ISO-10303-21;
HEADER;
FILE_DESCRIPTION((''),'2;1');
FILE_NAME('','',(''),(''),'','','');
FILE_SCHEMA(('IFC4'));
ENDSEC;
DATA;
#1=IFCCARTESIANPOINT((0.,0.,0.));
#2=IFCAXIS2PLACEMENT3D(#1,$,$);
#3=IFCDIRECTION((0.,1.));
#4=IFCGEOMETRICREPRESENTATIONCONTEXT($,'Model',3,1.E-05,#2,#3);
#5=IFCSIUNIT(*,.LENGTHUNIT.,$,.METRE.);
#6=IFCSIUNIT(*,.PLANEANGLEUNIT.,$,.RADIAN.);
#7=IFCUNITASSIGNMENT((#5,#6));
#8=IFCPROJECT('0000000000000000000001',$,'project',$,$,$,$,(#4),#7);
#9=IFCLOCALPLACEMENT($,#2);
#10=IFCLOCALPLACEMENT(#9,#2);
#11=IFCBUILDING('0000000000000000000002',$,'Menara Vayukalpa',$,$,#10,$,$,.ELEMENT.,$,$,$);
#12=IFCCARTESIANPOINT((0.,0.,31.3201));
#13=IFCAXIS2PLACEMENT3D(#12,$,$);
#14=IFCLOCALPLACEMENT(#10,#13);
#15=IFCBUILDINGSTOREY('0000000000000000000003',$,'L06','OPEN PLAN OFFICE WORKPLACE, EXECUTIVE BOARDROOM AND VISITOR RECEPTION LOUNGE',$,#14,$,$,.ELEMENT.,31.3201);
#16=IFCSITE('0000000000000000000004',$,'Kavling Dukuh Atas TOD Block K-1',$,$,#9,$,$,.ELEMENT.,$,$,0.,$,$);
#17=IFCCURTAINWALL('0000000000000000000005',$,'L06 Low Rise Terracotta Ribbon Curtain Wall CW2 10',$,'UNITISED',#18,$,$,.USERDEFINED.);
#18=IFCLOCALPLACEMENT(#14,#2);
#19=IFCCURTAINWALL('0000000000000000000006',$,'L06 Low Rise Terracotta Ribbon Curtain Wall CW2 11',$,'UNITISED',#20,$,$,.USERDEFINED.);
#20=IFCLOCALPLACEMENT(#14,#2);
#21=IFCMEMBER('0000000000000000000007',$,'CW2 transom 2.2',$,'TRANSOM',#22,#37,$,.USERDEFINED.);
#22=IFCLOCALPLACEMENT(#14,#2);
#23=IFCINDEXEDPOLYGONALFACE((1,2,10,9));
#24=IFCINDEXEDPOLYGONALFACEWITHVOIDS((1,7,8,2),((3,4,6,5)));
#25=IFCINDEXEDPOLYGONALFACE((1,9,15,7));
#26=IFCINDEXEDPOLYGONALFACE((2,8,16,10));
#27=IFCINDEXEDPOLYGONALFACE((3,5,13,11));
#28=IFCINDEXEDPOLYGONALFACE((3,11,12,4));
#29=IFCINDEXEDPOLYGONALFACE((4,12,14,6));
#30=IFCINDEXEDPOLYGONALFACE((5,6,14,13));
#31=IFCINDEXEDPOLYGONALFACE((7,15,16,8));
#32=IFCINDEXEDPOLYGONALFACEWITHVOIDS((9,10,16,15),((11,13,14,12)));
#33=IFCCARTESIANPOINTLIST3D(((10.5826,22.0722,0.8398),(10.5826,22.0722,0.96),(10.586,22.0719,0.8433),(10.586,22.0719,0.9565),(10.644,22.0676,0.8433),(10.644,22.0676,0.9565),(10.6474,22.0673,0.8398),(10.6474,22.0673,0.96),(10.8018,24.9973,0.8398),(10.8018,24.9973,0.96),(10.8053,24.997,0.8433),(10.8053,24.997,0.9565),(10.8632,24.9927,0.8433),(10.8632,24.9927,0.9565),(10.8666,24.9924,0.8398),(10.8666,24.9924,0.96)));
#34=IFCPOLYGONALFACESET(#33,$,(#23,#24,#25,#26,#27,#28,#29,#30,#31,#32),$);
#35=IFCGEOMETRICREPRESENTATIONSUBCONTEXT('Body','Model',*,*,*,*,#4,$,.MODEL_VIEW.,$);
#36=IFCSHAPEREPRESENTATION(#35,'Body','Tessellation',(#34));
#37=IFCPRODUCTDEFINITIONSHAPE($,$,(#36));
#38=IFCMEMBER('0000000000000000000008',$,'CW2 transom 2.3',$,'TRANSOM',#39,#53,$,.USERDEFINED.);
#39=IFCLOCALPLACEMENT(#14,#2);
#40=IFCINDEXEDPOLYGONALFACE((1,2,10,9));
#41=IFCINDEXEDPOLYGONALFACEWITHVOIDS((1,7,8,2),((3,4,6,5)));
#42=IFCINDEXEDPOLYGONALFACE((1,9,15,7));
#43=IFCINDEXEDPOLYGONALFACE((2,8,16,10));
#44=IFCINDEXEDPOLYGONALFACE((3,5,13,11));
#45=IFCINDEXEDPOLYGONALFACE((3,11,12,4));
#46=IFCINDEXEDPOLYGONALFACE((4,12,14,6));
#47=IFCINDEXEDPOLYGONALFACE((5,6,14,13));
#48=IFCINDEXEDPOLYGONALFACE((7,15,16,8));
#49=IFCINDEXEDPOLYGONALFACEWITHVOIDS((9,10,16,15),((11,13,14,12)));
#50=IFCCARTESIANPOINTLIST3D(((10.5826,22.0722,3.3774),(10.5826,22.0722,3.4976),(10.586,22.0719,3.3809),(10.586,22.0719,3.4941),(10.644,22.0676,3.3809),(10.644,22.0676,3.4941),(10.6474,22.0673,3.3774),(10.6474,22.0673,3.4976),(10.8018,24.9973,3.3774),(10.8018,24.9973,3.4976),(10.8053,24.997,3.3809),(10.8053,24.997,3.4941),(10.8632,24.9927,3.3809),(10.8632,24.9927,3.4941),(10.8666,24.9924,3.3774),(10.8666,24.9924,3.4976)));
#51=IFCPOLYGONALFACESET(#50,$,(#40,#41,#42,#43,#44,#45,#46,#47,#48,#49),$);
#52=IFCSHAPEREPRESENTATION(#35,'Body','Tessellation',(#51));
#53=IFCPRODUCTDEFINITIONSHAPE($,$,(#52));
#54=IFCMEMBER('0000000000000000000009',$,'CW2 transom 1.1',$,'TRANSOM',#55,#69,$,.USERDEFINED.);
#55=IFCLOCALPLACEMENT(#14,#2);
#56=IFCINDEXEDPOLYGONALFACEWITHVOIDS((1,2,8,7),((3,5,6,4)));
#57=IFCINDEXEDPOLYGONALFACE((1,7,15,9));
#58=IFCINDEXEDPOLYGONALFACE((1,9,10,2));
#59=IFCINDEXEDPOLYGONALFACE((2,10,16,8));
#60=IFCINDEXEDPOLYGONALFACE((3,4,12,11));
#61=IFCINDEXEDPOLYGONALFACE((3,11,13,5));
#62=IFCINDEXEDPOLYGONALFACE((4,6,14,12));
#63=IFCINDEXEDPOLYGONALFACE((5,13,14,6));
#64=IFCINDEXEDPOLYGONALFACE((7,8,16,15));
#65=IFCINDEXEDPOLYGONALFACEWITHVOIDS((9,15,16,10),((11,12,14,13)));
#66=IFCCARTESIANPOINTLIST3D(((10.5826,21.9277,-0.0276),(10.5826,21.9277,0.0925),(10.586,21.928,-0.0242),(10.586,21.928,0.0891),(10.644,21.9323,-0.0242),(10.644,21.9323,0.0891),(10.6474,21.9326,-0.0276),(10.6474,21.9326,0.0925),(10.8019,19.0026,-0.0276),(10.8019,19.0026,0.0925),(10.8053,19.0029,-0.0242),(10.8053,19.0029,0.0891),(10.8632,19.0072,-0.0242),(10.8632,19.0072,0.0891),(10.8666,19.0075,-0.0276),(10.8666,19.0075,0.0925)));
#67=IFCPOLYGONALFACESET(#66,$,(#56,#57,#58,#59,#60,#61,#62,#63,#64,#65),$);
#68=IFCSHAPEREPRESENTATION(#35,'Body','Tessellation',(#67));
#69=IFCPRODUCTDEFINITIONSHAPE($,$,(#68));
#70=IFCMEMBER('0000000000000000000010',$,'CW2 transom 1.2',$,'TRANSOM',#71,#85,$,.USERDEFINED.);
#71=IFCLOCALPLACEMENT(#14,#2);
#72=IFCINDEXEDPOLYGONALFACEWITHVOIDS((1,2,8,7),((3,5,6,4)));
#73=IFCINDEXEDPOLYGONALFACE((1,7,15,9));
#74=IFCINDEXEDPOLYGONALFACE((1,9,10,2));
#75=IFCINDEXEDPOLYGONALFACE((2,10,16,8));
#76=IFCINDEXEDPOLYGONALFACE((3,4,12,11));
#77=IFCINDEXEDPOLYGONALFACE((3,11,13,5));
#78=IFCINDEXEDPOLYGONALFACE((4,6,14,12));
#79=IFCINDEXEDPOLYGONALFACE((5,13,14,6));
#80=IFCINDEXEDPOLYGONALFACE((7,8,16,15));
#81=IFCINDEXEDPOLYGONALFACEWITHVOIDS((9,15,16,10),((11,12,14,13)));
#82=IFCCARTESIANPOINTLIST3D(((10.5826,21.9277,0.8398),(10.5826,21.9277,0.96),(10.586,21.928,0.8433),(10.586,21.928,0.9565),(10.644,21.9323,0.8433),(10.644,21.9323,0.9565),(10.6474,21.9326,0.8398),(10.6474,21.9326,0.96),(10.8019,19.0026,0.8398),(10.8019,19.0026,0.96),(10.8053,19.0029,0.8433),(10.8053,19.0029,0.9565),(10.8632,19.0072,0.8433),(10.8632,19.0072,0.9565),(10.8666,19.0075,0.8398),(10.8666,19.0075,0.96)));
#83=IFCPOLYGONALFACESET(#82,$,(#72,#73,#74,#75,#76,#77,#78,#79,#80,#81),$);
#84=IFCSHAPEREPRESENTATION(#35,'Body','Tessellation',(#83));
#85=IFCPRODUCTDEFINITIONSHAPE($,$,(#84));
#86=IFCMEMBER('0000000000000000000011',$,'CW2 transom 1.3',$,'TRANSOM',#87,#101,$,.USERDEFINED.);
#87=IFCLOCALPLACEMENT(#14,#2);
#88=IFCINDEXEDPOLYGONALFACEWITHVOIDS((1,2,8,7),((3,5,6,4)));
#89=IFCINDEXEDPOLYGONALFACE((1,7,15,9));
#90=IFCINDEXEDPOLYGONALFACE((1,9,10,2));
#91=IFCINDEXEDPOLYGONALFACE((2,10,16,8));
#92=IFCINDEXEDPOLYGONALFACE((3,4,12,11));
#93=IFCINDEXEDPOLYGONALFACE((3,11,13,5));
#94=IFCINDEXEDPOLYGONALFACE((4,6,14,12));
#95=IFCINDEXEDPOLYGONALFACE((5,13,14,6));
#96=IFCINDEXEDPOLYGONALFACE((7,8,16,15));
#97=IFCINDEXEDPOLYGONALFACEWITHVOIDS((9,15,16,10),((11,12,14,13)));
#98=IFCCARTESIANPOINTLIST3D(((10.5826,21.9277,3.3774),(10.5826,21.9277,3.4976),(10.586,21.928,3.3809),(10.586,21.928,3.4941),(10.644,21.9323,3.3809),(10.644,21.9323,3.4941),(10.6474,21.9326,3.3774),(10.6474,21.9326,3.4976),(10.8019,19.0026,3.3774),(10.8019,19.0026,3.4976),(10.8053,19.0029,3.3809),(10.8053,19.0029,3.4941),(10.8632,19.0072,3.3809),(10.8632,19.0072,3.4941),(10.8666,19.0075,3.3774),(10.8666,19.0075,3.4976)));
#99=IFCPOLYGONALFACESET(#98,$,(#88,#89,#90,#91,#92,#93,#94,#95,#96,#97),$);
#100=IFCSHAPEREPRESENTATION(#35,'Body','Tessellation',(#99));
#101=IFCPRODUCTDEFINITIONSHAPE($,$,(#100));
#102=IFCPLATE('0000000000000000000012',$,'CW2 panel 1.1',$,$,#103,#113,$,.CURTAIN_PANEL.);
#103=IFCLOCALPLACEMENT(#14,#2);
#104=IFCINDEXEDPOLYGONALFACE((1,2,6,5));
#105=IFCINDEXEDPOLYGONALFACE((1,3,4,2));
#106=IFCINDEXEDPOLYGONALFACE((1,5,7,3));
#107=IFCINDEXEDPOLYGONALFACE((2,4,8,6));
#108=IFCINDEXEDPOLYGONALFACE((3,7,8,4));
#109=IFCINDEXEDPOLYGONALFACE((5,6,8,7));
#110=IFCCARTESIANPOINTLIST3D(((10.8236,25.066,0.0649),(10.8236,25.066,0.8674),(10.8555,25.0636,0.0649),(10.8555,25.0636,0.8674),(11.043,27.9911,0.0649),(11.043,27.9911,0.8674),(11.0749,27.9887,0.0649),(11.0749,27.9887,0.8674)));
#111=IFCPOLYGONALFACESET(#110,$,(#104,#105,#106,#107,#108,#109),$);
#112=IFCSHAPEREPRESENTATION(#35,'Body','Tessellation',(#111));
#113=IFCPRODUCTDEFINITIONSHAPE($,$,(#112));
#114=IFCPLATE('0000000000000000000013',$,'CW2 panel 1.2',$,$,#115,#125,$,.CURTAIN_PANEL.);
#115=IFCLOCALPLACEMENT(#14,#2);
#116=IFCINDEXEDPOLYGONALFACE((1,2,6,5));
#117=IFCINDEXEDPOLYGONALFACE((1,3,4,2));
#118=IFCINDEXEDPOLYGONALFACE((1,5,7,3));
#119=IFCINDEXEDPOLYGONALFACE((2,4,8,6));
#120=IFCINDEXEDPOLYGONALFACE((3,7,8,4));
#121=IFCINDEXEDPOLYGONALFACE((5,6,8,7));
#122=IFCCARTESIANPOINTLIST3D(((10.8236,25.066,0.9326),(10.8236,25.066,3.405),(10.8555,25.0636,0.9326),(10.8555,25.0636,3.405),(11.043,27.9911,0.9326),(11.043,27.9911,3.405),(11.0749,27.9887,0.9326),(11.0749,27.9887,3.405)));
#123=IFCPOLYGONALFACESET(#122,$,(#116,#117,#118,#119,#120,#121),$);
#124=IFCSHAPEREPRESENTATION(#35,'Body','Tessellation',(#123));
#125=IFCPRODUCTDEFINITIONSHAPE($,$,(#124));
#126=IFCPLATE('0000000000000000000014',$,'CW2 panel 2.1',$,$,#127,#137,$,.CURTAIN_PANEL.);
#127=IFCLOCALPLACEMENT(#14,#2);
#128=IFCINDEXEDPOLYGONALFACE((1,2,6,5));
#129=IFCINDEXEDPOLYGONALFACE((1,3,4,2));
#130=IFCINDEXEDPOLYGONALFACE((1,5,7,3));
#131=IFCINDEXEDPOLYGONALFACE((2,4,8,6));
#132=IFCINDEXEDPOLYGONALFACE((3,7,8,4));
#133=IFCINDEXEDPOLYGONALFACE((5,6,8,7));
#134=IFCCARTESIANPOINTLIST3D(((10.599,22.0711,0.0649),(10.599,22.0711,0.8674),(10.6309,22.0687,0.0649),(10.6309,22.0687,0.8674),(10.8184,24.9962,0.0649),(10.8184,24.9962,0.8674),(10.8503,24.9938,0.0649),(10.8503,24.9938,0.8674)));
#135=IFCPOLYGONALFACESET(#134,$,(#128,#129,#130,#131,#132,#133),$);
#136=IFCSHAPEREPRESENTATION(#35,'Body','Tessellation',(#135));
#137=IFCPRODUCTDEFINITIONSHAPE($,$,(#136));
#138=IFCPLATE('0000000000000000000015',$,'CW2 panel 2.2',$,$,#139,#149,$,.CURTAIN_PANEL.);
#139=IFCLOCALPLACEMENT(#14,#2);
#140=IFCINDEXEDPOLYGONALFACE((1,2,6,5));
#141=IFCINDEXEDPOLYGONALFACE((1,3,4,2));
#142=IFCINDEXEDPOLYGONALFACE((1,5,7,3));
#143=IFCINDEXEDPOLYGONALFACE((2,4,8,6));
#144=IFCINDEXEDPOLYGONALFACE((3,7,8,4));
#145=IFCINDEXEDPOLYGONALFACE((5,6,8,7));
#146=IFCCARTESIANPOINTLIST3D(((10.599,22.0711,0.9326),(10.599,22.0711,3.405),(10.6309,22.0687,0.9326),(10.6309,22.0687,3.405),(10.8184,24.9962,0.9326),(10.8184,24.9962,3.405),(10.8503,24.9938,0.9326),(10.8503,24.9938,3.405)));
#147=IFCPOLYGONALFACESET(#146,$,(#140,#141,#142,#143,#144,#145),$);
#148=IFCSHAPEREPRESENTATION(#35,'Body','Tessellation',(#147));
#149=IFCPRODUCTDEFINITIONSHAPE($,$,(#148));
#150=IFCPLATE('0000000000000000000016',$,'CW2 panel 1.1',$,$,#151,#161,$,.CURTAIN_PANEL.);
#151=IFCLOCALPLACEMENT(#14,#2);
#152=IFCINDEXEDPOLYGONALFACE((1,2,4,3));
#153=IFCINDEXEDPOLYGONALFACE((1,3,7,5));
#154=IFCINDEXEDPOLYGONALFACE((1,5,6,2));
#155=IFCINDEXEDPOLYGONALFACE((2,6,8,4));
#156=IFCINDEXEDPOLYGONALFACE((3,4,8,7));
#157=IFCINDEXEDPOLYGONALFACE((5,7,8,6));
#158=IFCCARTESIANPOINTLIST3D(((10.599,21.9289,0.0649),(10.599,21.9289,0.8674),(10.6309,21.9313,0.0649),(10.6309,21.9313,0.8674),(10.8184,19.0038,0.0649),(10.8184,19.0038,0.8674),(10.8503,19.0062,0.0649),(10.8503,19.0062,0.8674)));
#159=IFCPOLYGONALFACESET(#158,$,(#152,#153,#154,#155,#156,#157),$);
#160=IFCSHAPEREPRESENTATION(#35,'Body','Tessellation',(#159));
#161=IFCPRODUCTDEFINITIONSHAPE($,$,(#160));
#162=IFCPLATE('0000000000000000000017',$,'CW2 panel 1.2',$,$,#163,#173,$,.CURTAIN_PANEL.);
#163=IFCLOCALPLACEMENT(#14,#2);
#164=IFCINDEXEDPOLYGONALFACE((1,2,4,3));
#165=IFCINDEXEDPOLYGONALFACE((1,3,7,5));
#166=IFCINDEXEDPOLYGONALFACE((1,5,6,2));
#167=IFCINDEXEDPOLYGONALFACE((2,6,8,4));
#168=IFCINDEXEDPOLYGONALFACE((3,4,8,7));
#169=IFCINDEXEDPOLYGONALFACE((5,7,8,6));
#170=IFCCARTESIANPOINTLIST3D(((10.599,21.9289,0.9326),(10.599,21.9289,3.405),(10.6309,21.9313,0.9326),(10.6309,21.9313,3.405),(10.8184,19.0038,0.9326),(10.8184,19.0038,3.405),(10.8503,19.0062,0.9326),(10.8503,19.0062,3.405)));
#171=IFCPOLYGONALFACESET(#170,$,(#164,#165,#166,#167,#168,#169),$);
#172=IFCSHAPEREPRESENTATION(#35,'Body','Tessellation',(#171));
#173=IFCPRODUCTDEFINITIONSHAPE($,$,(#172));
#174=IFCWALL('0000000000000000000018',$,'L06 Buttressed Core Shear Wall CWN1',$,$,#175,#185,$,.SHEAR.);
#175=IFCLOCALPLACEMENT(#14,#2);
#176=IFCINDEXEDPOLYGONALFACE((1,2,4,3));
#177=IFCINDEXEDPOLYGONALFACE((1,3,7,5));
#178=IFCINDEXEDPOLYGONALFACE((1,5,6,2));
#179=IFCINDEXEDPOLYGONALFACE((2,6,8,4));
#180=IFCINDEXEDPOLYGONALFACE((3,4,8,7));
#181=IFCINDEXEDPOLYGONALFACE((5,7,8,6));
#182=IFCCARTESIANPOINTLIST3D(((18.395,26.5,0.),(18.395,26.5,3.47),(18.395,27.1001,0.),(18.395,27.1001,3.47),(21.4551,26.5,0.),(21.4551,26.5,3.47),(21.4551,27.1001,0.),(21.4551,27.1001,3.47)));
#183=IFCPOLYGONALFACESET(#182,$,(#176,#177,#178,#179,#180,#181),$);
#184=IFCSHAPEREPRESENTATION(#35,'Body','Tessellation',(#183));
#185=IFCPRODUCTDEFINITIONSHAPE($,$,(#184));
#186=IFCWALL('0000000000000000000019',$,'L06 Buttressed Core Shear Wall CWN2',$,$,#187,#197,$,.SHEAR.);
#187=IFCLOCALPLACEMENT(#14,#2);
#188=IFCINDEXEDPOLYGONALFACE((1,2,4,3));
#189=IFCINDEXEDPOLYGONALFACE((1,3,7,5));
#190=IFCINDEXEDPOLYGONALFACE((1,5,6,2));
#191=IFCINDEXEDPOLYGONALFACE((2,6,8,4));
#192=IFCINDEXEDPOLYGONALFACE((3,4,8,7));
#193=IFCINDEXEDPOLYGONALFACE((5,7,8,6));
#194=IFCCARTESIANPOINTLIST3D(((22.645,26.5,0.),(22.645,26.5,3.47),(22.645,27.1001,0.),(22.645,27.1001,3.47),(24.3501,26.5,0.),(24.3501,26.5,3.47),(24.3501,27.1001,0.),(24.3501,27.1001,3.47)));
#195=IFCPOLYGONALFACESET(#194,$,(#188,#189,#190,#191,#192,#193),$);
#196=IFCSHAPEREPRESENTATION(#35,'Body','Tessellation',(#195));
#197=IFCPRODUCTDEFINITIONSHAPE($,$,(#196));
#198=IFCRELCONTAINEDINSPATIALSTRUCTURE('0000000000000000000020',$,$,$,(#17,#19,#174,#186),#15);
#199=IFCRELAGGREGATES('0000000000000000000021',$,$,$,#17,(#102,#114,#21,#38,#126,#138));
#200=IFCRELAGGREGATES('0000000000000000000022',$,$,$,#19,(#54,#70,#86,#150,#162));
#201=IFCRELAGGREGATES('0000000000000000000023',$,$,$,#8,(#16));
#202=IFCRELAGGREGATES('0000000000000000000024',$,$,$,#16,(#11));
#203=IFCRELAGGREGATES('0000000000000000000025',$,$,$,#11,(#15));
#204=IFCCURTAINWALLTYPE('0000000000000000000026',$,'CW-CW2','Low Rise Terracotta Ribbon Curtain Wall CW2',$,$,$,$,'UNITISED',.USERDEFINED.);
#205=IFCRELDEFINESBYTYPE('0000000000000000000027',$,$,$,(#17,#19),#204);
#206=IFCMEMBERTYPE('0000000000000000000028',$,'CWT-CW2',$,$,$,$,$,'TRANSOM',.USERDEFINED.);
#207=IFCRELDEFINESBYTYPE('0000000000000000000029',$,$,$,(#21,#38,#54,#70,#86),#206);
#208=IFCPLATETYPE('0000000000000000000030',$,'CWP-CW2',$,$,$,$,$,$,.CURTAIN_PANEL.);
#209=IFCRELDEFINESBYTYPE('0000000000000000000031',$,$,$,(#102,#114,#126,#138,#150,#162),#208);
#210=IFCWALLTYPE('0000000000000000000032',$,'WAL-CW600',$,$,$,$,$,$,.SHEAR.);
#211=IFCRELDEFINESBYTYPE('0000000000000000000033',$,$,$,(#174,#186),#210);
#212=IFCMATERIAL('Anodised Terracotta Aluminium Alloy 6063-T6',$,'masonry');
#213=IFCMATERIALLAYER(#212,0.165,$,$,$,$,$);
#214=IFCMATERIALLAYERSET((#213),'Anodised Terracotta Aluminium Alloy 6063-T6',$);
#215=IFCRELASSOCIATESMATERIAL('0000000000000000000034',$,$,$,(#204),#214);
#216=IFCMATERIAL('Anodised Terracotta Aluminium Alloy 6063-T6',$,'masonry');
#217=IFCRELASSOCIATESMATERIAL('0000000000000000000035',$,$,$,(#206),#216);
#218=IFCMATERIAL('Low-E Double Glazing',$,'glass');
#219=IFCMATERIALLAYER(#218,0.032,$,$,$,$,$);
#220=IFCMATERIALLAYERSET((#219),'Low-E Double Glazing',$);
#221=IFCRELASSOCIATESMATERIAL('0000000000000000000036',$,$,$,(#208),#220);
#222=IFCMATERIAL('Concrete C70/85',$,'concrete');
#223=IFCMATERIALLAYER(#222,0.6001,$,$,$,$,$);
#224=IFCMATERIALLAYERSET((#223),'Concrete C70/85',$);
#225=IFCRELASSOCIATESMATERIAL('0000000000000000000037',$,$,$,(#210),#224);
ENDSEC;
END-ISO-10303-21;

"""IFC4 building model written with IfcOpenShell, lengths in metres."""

from ifc_helpers import new_model, si_unit, direction, frame, frame_2d, origin, origin_2d, place, context, subcontext, project, spatial, rectangle, hollow_rectangle, extrude, material, layer, layer_set, material_profile, profile_set, type_object, element, aggregate, save


model = new_model("IFC4")

# Units and contexts
model_context = context("Model", 3, precision=1e-05, world=origin(), true_north=direction((0.0, 1.0)))
body_context = subcontext(model_context, "Body", "Model", "MODEL_VIEW")
ifc_project = project(units=[si_unit("LENGTHUNIT", "METRE"), si_unit("PLANEANGLEUNIT", "RADIAN")], contexts=[model_context])

# Site, building, storey
site_placement = place(None, origin())
site = spatial("IfcSite", under=ifc_project, at=site_placement, Name="Kavling Dukuh Atas TOD Block K-1", CompositionType="ELEMENT", RefElevation=0.0)
building_placement = place(site_placement, origin())
building = spatial("IfcBuilding", under=site, at=building_placement, Name="Menara Vayukalpa", CompositionType="ELEMENT")
storey_placement = place(building_placement, frame((0.0, 0.0, 31.3201)))
storey = spatial("IfcBuildingStorey", under=building, at=storey_placement, Name="L06", Description="OPEN PLAN OFFICE WORKPLACE, EXECUTIVE BOARDROOM AND VISITOR RECEPTION LOUNGE", CompositionType="ELEMENT", Elevation=31.3201)

# Curtain wall
ifc_material_1 = material(Name="Anodised Terracotta Aluminium Alloy 6063-T6", Category="masonry")
ifc_layer_1 = layer(ifc_material_1, 0.165)
ifc_layer_set_1 = layer_set([ifc_layer_1], Name="Anodised Terracotta Aluminium Alloy 6063-T6")
curtain_wall_type = type_object("IfcCurtainWallType", Name="CW-CW2", Description="Low Rise Terracotta Ribbon Curtain Wall CW2", ElementType="UNITISED", PredefinedType="USERDEFINED", material=ifc_layer_set_1)
curtain_wall_1_placement = place(storey_placement, origin())
curtain_wall_1 = element("IfcCurtainWall", 1, at=curtain_wall_1_placement, inside=storey, type_object=curtain_wall_type, Name="L06 Low Rise Terracotta Ribbon Curtain Wall CW2 10", ObjectType="UNITISED", PredefinedType="USERDEFINED")

# Curtain wall
curtain_wall_2_placement = place(storey_placement, origin())
curtain_wall_2 = element("IfcCurtainWall", 2, at=curtain_wall_2_placement, inside=storey, type_object=curtain_wall_type, Name="L06 Low Rise Terracotta Ribbon Curtain Wall CW2 11", ObjectType="UNITISED", PredefinedType="USERDEFINED")

# Members
ifc_material_2 = material(Name="Anodised Terracotta Aluminium Alloy 6063-T6", Category="masonry")
ifc_material_profile_1 = material_profile(ifc_material_2, hollow_rectangle(XDim=0.0649, YDim=0.1201, WallThickness=0.0034, at=origin_2d()), Name="ALU 65x120x3.5")
ifc_profile_set_1 = profile_set([ifc_material_profile_1], Name="Anodised Terracotta Aluminium Alloy 6063-T6")
member_type_1 = type_object("IfcMemberType", Name="CWT-CW2", ElementType="TRANSOM", PredefinedType="USERDEFINED", material=ifc_profile_set_1)
member_1_placement = place(storey_placement, frame((10.8342, 24.9949, 0.8999), z_axis=(-0.074742, -0.997203, 0.0), x_axis=(0.997203, -0.074742, 0.0)))
member_1 = element("IfcMember", 3, at=member_1_placement, type_object=member_type_1, Name="CW2 transom 2.2", ObjectType="TRANSOM", PredefinedType="USERDEFINED", context=body_context, shape_type="SweptSolid", body=[
    extrude(hollow_rectangle(XDim=0.0649, YDim=0.1201, WallThickness=0.0034, at=origin_2d()), origin(), (0.0, 0.0, 1.0), 2.9333),
])
member_2_placement = place(storey_placement, frame((10.8342, 24.9949, 3.4375), z_axis=(-0.074742, -0.997203, 0.0), x_axis=(0.997203, -0.074742, 0.0)))
member_2 = element("IfcMember", 4, at=member_2_placement, type_object=member_type_1, Name="CW2 transom 2.3", ObjectType="TRANSOM", PredefinedType="USERDEFINED", context=body_context, shape_type="SweptSolid", body=[
    extrude(hollow_rectangle(XDim=0.0649, YDim=0.1201, WallThickness=0.0034, at=origin_2d()), origin(), (0.0, 0.0, 1.0), 2.9333),
])
member_3_placement = place(storey_placement, frame((10.615, 21.9302, 0.0325), z_axis=(0.074742, -0.997203, 0.0), x_axis=(0.997203, 0.074742, 0.0)))
member_3 = element("IfcMember", 5, at=member_3_placement, type_object=member_type_1, Name="CW2 transom 1.1", ObjectType="TRANSOM", PredefinedType="USERDEFINED", context=body_context, shape_type="SweptSolid", body=[
    extrude(hollow_rectangle(XDim=0.0649, YDim=0.1201, WallThickness=0.0034, at=origin_2d()), origin(), (0.0, 0.0, 1.0), 2.9333),
])
member_4_placement = place(storey_placement, frame((10.615, 21.9302, 0.8999), z_axis=(0.074742, -0.997203, 0.0), x_axis=(0.997203, 0.074742, 0.0)))
member_4 = element("IfcMember", 6, at=member_4_placement, type_object=member_type_1, Name="CW2 transom 1.2", ObjectType="TRANSOM", PredefinedType="USERDEFINED", context=body_context, shape_type="SweptSolid", body=[
    extrude(hollow_rectangle(XDim=0.0649, YDim=0.1201, WallThickness=0.0034, at=origin_2d()), origin(), (0.0, 0.0, 1.0), 2.9333),
])
member_5_placement = place(storey_placement, frame((10.615, 21.9302, 3.4375), z_axis=(0.074742, -0.997203, 0.0), x_axis=(0.997203, 0.074742, 0.0)))
member_5 = element("IfcMember", 7, at=member_5_placement, type_object=member_type_1, Name="CW2 transom 1.3", ObjectType="TRANSOM", PredefinedType="USERDEFINED", context=body_context, shape_type="SweptSolid", body=[
    extrude(hollow_rectangle(XDim=0.0649, YDim=0.1201, WallThickness=0.0034, at=origin_2d()), origin(), (0.0, 0.0, 1.0), 2.9333),
])

# Plates
ifc_material_3 = material(Name="Low-E Double Glazing", Category="glass")
ifc_layer_2 = layer(ifc_material_3, 0.032)
ifc_layer_set_2 = layer_set([ifc_layer_2], Name="Low-E Double Glazing")
plate_type = type_object("IfcPlateType", Name="CWP-CW2", PredefinedType="CURTAIN_PANEL", material=ifc_layer_set_2)
plate_1_placement = place(storey_placement, frame((10.9492, 26.5273, 0.0649), z_axis=(0.0, 0.0, 1.0), x_axis=(-0.074795, -0.997199, 0.0)))
plate_1 = element("IfcPlate", 8, at=plate_1_placement, type_object=plate_type, Name="CW2 panel 1.1", PredefinedType="CURTAIN_PANEL", context=body_context, shape_type="SweptSolid", body=[
    extrude(rectangle(XDim=2.9333, YDim=0.032, at=origin_2d()), origin(), (0.0, 0.0, 1.0), 0.8025),
])
plate_2_placement = place(storey_placement, frame((10.9492, 26.5273, 0.9326), z_axis=(0.0, 0.0, 1.0), x_axis=(-0.074795, -0.997199, 0.0)))
plate_2 = element("IfcPlate", 9, at=plate_2_placement, type_object=plate_type, Name="CW2 panel 1.2", PredefinedType="CURTAIN_PANEL", context=body_context, shape_type="SweptSolid", body=[
    extrude(rectangle(XDim=2.9333, YDim=0.032, at=origin_2d()), origin(), (0.0, 0.0, 1.0), 2.4724),
])
plate_3_placement = place(storey_placement, frame((10.7246, 23.5325, 0.0649), z_axis=(0.0, 0.0, 1.0), x_axis=(-0.074795, -0.997199, 0.0)))
plate_3 = element("IfcPlate", 10, at=plate_3_placement, type_object=plate_type, Name="CW2 panel 2.1", PredefinedType="CURTAIN_PANEL", context=body_context, shape_type="SweptSolid", body=[
    extrude(rectangle(XDim=2.9333, YDim=0.032, at=origin_2d()), origin(), (0.0, 0.0, 1.0), 0.8025),
])
plate_4_placement = place(storey_placement, frame((10.7246, 23.5325, 0.9326), z_axis=(0.0, 0.0, 1.0), x_axis=(-0.074795, -0.997199, 0.0)))
plate_4 = element("IfcPlate", 11, at=plate_4_placement, type_object=plate_type, Name="CW2 panel 2.2", PredefinedType="CURTAIN_PANEL", context=body_context, shape_type="SweptSolid", body=[
    extrude(rectangle(XDim=2.9333, YDim=0.032, at=origin_2d()), origin(), (0.0, 0.0, 1.0), 2.4724),
])
aggregate(curtain_wall_1, [plate_1, plate_2, member_1, member_2, plate_3, plate_4])
plate_5_placement = place(storey_placement, frame((10.7246, 20.4675, 0.0649), z_axis=(0.0, 0.0, 1.0), x_axis=(0.074795, -0.997199, 0.0)))
plate_5 = element("IfcPlate", 12, at=plate_5_placement, type_object=plate_type, Name="CW2 panel 1.1", PredefinedType="CURTAIN_PANEL", context=body_context, shape_type="SweptSolid", body=[
    extrude(rectangle(XDim=2.9333, YDim=0.032, at=origin_2d()), origin(), (0.0, 0.0, 1.0), 0.8025),
])
plate_6_placement = place(storey_placement, frame((10.7246, 20.4675, 0.9326), z_axis=(0.0, 0.0, 1.0), x_axis=(0.074795, -0.997199, 0.0)))
plate_6 = element("IfcPlate", 13, at=plate_6_placement, type_object=plate_type, Name="CW2 panel 1.2", PredefinedType="CURTAIN_PANEL", context=body_context, shape_type="SweptSolid", body=[
    extrude(rectangle(XDim=2.9333, YDim=0.032, at=origin_2d()), origin(), (0.0, 0.0, 1.0), 2.4724),
])
aggregate(curtain_wall_2, [member_3, member_4, member_5, plate_5, plate_6])

# Walls
ifc_material_4 = material(Name="Concrete C70/85", Category="concrete")
ifc_layer_3 = layer(ifc_material_4, 0.6001)
ifc_layer_set_3 = layer_set([ifc_layer_3], Name="Concrete C70/85")
wall_type_1 = type_object("IfcWallType", Name="WAL-CW600", PredefinedType="SHEAR", material=ifc_layer_set_3)
wall_1_placement = place(storey_placement, frame((18.395, 26.8, 0.0), z_axis=(0.0, 0.0, 1.0), x_axis=(1.0, 0.0, 0.0)))
element("IfcWall", 14, at=wall_1_placement, inside=storey, type_object=wall_type_1, Name="L06 Buttressed Core Shear Wall CWN1", PredefinedType="SHEAR", context=body_context, shape_type="SweptSolid", body=[
    extrude(rectangle(XDim=3.0601, YDim=0.6001, at=frame_2d((1.53, 0.0))), origin(), (0.0, 0.0, 1.0), 3.47),
])
wall_2_placement = place(storey_placement, frame((22.645, 26.8, 0.0), z_axis=(0.0, 0.0, 1.0), x_axis=(1.0, 0.0, 0.0)))
element("IfcWall", 15, at=wall_2_placement, inside=storey, type_object=wall_type_1, Name="L06 Buttressed Core Shear Wall CWN2", PredefinedType="SHEAR", context=body_context, shape_type="SweptSolid", body=[
    extrude(rectangle(XDim=1.7051, YDim=0.6001, at=frame_2d((0.8525, 0.0))), origin(), (0.0, 0.0, 1.0), 3.47),
])

save(model, "model.ifc")
